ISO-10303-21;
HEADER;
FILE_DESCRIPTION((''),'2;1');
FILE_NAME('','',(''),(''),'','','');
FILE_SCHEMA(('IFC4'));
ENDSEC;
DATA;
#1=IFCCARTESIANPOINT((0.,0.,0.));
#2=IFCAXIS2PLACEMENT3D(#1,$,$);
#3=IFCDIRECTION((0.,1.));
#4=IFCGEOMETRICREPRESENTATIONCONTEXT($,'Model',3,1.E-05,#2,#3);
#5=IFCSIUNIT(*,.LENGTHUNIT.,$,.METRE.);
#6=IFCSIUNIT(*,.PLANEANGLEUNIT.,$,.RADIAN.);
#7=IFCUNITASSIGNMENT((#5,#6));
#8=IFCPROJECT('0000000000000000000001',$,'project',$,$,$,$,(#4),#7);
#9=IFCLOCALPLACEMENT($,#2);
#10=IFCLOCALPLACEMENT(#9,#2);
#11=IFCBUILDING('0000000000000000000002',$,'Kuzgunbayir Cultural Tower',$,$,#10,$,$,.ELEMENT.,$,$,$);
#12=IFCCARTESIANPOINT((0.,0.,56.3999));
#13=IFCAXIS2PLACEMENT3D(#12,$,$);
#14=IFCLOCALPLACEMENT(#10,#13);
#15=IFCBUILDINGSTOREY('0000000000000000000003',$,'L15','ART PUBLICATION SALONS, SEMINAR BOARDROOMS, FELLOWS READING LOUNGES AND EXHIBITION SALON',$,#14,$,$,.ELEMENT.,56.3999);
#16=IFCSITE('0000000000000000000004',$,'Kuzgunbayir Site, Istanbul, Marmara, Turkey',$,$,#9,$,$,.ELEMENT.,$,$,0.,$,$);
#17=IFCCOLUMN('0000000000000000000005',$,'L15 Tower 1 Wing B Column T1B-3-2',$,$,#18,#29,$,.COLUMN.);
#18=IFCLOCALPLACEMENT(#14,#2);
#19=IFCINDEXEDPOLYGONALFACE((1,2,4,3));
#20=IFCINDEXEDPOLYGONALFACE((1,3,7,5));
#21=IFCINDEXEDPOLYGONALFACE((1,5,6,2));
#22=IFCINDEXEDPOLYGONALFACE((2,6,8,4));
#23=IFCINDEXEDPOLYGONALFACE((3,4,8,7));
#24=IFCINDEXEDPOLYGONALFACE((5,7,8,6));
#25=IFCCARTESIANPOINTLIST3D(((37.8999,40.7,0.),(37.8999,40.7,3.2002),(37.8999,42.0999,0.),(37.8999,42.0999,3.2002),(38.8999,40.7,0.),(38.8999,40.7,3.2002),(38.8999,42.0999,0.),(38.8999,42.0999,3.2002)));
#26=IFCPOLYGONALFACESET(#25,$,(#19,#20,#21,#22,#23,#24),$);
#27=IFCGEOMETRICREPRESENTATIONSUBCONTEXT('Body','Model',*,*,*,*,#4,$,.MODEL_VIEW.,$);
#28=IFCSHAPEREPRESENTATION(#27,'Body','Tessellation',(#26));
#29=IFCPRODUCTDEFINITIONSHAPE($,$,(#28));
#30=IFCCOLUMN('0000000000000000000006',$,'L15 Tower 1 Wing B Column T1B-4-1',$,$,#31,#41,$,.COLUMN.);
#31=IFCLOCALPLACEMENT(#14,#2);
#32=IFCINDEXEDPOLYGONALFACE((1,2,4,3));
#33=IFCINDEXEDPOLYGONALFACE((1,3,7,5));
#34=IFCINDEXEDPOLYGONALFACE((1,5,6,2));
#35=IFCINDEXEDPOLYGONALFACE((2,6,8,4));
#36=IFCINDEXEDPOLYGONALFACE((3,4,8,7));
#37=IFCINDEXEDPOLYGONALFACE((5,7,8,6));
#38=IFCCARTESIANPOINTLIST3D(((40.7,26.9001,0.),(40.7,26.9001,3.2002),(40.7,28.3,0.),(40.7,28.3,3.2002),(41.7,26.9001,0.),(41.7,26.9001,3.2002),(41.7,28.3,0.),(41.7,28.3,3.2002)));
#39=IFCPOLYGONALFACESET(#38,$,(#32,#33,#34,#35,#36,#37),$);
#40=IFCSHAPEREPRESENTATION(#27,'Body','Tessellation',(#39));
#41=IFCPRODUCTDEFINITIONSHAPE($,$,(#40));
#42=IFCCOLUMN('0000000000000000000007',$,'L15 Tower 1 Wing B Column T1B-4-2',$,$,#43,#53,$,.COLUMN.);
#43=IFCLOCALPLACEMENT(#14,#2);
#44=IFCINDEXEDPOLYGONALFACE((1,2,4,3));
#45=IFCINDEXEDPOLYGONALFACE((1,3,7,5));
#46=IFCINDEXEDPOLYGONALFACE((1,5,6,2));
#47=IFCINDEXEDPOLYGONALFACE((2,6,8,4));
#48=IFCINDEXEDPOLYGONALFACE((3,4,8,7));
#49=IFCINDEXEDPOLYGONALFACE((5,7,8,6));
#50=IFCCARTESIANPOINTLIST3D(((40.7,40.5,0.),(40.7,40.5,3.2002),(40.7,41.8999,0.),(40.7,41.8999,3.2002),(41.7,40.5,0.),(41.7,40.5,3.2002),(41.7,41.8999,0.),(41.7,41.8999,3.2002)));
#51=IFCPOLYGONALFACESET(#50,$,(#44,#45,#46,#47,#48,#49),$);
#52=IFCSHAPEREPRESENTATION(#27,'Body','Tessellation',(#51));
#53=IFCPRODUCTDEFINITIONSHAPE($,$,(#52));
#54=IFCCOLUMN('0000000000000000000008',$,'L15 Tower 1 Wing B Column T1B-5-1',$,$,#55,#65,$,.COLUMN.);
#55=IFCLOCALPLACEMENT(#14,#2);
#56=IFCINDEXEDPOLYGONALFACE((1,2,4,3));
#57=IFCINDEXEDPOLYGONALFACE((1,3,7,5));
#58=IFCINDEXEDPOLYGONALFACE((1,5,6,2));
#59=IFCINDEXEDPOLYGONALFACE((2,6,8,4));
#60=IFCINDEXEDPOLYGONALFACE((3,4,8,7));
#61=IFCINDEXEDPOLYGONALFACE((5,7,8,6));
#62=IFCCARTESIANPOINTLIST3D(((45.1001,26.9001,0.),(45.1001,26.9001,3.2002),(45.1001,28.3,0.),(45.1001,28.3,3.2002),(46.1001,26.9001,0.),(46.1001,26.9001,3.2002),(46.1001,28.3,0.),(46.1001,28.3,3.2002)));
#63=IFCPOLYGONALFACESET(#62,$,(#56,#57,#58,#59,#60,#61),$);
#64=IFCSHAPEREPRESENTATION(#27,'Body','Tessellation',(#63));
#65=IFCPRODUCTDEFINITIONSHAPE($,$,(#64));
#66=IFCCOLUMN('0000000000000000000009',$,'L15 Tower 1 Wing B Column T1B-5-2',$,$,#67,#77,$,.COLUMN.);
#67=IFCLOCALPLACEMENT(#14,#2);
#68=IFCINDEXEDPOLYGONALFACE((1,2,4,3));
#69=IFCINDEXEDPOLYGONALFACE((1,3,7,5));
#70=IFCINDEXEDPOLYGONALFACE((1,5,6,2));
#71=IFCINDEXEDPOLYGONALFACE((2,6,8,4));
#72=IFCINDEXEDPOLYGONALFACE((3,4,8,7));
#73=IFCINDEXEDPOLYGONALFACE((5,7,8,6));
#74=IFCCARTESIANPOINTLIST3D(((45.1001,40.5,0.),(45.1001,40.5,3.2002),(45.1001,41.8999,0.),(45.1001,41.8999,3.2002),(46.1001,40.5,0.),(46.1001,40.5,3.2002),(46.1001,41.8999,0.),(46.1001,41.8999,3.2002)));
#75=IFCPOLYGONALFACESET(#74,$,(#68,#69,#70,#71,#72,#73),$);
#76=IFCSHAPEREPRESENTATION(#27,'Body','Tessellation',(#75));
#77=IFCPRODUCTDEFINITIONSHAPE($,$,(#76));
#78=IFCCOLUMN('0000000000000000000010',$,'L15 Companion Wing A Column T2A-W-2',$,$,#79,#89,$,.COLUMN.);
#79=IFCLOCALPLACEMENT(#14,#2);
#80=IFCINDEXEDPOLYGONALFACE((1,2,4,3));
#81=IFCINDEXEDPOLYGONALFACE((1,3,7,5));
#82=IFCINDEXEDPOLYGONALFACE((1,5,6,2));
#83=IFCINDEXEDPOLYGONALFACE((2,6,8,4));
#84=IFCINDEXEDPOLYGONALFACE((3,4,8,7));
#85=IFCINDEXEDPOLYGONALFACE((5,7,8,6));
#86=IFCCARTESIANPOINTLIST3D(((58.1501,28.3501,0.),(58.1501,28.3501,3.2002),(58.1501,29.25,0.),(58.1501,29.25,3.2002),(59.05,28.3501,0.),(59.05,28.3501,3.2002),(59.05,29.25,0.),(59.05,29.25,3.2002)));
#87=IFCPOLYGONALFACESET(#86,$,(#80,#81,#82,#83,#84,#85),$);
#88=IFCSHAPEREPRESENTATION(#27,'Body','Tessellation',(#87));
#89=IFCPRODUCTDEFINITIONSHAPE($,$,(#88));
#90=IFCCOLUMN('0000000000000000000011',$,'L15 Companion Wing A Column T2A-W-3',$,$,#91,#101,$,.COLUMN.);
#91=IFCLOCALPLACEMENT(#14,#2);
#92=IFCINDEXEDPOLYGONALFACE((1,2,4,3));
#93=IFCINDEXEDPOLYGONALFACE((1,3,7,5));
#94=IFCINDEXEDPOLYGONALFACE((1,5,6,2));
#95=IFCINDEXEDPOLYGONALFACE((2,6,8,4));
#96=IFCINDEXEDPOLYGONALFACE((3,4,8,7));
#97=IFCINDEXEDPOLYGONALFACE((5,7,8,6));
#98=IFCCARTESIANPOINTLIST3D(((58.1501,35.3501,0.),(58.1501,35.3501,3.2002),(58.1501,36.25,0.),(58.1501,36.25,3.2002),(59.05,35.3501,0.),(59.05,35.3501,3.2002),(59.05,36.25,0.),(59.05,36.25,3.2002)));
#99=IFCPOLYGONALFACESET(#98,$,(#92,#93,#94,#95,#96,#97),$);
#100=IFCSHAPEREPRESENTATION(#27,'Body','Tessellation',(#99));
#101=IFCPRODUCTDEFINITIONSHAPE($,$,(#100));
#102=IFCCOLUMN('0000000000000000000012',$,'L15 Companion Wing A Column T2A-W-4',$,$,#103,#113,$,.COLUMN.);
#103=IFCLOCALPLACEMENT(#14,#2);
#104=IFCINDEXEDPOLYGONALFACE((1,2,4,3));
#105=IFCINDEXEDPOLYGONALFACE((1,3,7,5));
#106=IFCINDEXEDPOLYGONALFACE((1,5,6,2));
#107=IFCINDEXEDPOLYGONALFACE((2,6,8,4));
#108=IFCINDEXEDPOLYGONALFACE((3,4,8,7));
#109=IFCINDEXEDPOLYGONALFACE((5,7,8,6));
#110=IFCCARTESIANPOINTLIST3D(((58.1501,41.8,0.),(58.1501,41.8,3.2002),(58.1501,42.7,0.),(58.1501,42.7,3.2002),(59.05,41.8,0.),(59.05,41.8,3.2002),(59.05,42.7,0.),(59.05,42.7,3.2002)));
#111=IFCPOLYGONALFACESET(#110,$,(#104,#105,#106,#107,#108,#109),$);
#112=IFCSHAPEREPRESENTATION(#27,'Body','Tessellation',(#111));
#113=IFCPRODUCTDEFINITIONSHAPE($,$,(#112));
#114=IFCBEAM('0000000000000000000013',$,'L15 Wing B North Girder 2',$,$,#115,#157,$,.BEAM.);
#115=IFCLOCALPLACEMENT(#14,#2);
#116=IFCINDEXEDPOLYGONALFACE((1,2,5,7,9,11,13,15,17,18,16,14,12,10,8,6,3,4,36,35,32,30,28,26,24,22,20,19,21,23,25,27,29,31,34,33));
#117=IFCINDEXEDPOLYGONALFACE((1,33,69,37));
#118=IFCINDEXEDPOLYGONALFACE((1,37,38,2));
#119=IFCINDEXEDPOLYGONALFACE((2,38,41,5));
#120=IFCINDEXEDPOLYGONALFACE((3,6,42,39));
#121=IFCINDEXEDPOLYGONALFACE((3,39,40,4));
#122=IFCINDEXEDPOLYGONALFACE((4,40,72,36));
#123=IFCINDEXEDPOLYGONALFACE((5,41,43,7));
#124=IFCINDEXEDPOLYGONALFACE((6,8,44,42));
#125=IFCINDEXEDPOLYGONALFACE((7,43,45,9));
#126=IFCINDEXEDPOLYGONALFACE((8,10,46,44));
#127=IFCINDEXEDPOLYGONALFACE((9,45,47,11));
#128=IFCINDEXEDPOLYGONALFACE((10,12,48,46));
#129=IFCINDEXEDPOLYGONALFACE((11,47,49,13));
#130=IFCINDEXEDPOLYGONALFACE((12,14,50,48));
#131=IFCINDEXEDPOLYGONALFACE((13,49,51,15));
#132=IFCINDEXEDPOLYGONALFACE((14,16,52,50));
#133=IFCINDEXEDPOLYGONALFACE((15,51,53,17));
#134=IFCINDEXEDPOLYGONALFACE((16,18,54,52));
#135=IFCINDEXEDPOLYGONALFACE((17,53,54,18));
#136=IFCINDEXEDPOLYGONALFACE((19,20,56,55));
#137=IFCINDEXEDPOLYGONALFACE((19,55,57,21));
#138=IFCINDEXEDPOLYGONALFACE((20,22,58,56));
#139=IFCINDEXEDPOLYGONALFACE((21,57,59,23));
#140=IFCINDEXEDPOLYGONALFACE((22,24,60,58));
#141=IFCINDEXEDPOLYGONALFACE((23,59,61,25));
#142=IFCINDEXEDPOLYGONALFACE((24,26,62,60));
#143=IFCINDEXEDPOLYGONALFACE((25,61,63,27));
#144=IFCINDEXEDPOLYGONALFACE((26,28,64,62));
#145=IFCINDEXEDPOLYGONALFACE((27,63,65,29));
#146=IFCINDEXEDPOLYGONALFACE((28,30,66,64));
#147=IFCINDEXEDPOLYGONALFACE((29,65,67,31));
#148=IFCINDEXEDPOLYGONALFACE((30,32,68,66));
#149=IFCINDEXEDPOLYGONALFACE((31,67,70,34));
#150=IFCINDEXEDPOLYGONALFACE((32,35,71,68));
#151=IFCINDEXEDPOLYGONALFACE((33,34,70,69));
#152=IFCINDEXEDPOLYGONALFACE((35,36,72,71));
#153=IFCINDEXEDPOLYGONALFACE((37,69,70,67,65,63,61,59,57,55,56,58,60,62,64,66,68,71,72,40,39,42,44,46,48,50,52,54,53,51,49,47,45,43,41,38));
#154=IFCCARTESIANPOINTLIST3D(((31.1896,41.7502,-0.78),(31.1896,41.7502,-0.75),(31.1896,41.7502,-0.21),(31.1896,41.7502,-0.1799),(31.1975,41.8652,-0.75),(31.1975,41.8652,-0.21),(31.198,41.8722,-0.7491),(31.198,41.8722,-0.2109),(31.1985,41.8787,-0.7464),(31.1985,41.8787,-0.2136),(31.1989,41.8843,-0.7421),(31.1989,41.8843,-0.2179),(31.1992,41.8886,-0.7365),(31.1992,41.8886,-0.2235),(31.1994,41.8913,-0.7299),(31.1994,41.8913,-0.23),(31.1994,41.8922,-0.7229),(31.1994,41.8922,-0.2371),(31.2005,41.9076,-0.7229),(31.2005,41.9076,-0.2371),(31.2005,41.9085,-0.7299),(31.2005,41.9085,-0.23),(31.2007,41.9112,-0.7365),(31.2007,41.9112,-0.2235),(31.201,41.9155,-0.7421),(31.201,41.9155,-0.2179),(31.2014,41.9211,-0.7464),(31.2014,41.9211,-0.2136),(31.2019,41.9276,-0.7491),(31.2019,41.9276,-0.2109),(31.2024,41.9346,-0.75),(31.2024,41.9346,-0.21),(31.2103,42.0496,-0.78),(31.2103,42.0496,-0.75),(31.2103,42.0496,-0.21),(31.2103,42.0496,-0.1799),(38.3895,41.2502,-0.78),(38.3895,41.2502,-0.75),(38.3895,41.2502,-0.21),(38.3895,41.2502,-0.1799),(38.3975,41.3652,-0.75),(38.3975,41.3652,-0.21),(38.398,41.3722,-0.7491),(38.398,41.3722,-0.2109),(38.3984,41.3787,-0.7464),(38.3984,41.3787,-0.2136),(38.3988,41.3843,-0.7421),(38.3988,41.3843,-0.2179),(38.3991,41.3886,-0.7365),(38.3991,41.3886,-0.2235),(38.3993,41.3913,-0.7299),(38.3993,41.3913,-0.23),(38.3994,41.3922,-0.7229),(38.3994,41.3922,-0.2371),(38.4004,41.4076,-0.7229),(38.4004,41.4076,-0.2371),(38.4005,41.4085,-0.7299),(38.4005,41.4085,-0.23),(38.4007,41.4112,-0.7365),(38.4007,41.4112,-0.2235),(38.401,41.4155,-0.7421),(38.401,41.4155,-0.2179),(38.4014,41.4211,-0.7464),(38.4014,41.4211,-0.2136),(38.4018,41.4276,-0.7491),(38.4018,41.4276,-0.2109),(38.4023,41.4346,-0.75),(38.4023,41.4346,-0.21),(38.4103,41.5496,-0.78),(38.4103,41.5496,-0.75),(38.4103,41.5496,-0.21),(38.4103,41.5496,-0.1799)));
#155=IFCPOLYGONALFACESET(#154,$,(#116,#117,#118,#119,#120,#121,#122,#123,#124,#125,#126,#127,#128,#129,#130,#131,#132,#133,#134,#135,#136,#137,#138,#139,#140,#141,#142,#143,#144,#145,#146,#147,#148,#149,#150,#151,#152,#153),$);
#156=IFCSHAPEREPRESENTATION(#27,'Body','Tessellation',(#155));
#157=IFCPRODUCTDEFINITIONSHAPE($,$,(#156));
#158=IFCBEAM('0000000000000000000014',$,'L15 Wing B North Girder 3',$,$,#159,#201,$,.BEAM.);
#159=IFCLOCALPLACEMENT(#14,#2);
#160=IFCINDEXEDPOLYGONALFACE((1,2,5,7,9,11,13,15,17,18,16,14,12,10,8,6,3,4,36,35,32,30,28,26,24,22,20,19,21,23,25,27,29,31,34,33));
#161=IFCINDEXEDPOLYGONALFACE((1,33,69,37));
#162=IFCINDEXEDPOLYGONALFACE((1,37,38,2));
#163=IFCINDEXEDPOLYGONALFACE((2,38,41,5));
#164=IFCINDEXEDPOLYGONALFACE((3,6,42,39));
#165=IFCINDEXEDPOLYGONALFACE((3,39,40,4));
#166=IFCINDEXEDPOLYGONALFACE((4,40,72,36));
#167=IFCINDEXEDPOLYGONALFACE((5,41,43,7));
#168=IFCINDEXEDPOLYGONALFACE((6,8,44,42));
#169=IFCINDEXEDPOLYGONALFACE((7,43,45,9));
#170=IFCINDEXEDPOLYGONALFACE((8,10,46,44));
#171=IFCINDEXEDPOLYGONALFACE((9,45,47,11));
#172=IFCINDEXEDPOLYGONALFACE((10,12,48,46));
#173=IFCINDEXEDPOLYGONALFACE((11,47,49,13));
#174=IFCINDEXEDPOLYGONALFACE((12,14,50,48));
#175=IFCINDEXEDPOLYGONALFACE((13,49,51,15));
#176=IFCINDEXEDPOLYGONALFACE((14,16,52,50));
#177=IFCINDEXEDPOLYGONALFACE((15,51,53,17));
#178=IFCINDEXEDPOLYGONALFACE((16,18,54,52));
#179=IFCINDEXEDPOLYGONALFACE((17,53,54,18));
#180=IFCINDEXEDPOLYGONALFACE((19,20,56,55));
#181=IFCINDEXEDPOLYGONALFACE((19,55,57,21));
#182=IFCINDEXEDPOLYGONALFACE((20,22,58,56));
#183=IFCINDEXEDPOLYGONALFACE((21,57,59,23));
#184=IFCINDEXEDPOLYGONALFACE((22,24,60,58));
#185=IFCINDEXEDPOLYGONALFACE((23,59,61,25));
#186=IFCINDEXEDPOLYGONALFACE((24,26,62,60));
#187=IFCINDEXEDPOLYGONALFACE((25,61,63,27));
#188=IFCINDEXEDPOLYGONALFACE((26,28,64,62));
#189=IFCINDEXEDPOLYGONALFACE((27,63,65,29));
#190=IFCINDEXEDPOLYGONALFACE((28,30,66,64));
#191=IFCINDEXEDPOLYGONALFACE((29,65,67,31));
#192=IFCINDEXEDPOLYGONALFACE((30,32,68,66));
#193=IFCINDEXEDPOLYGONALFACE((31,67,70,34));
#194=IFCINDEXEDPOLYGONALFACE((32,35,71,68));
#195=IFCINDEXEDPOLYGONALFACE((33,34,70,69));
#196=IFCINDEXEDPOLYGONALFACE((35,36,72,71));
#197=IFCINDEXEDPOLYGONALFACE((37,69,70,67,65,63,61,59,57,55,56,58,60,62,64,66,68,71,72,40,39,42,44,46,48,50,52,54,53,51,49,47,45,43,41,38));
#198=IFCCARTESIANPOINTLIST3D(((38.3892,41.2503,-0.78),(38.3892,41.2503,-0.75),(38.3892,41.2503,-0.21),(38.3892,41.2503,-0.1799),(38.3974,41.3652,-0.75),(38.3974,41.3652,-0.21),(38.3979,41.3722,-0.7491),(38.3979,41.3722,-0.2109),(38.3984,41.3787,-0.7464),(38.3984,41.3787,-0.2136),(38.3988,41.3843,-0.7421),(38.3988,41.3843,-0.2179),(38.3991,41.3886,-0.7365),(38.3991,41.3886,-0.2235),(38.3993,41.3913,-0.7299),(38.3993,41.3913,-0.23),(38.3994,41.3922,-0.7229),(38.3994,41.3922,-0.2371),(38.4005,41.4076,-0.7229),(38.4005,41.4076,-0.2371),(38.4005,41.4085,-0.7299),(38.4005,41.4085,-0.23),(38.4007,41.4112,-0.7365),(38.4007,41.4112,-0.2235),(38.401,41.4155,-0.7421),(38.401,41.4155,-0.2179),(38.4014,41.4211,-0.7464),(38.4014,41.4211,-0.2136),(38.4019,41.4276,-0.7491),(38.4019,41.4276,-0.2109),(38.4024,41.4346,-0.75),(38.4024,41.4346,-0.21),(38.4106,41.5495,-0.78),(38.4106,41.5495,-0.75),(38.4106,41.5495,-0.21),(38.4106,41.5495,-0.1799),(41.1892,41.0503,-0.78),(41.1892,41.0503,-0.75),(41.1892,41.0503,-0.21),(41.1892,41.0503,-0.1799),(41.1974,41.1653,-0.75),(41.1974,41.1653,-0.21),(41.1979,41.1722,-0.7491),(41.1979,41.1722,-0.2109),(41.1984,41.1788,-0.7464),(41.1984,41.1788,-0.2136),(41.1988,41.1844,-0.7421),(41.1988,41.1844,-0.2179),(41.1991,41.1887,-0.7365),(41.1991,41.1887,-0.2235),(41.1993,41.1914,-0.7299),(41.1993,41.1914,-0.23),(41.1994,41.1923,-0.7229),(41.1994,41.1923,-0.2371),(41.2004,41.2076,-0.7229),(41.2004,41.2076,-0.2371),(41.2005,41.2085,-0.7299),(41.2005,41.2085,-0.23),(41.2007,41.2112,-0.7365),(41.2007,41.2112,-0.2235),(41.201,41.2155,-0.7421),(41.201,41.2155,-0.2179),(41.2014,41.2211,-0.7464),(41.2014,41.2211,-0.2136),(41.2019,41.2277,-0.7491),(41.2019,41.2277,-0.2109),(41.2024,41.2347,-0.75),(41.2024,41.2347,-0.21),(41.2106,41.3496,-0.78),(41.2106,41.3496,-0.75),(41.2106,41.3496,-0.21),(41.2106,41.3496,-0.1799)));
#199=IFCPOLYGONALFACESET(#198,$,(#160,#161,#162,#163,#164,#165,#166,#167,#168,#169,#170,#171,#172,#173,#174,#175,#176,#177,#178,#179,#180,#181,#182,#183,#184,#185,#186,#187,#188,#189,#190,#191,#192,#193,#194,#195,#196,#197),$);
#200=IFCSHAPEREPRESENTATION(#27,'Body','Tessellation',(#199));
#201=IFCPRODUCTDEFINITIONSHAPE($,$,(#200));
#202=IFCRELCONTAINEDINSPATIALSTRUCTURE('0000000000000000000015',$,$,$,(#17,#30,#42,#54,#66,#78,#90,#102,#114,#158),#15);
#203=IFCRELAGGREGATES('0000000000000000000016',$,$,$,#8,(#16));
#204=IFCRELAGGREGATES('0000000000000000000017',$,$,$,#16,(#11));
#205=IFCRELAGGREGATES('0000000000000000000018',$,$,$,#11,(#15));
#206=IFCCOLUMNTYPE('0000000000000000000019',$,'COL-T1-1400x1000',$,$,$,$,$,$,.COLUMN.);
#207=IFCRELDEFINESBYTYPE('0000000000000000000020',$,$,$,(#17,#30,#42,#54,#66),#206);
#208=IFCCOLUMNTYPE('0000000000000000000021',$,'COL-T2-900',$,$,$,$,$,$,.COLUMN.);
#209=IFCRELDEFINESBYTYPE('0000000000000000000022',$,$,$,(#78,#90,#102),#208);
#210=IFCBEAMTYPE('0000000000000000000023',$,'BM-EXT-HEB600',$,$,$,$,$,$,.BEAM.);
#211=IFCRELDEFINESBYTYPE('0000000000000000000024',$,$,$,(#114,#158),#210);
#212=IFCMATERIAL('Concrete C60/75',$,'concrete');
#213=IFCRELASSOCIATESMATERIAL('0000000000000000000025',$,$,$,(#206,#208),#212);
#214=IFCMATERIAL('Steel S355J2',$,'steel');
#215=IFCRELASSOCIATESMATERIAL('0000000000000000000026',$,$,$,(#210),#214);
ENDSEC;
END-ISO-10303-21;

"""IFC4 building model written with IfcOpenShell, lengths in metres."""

from ifc_helpers import new_model, si_unit, direction, frame, origin, origin_2d, place, context, subcontext, project, spatial, rectangle, i_section, extrude, material, material_profile, profile_set, type_object, element, save


model = new_model("IFC4")

# Units and contexts
model_context = context("Model", 3, precision=1e-05, world=origin(), true_north=direction((0.0, 1.0)))
body_context = subcontext(model_context, "Body", "Model", "MODEL_VIEW")
ifc_project = project(units=[si_unit("LENGTHUNIT", "METRE"), si_unit("PLANEANGLEUNIT", "RADIAN")], contexts=[model_context])

# Site, building, storey
site_placement = place(None, origin())
site = spatial("IfcSite", under=ifc_project, at=site_placement, Name="Kuzgunbayir Site, Istanbul, Marmara, Turkey", CompositionType="ELEMENT", RefElevation=0.0)
building_placement = place(site_placement, origin())
building = spatial("IfcBuilding", under=site, at=building_placement, Name="Kuzgunbayir Cultural Tower", CompositionType="ELEMENT")
storey_placement = place(building_placement, frame((0.0, 0.0, 56.3999)))
storey = spatial("IfcBuildingStorey", under=building, at=storey_placement, Name="L15", Description="ART PUBLICATION SALONS, SEMINAR BOARDROOMS, FELLOWS READING LOUNGES AND EXHIBITION SALON", CompositionType="ELEMENT", Elevation=56.3999)

# Columns
ifc_material_1 = material(Name="Concrete C60/75", Category="concrete")
ifc_material_profile_1 = material_profile(ifc_material_1, rectangle(XDim=1.0, YDim=1.3999, at=origin_2d()), Name="RC 1400x1000")
ifc_profile_set_1 = profile_set([ifc_material_profile_1], Name="Concrete C60/75")
column_type_1 = type_object("IfcColumnType", Name="COL-T1-1400x1000", PredefinedType="COLUMN", material=ifc_profile_set_1)
for number, where, z_axis, x_axis, name in (
    (1, (38.3999, 41.3999, 0.0), (0.0, 0.0, 1.0), (1.0, 0.0, 0.0), "L15 Tower 1 Wing B Column T1B-3-2"),
    (2, (41.2, 27.6001, 0.0), (0.0, 0.0, 1.0), (1.0, 0.0, 0.0), "L15 Tower 1 Wing B Column T1B-4-1"),
    (3, (41.2, 41.2, 0.0), (0.0, 0.0, 1.0), (1.0, 0.0, 0.0), "L15 Tower 1 Wing B Column T1B-4-2"),
    (4, (45.6001, 27.6001, 0.0), (0.0, 0.0, 1.0), (1.0, 0.0, 0.0), "L15 Tower 1 Wing B Column T1B-5-1"),
    (5, (45.6001, 41.2, 0.0), (0.0, 0.0, 1.0), (1.0, 0.0, 0.0), "L15 Tower 1 Wing B Column T1B-5-2"),
):
    element("IfcColumn", number, at=place(storey_placement, frame(where, z_axis=z_axis, x_axis=x_axis)), inside=storey, type_object=column_type_1, Name=name, PredefinedType="COLUMN", context=body_context, shape_type="SweptSolid", body=[
        extrude(rectangle(XDim=1.0, YDim=1.3999, at=origin_2d()), origin(), (0.0, 0.0, 1.0), 3.2002),
    ])
ifc_material_profile_2 = material_profile(ifc_material_1, rectangle(XDim=0.8999, YDim=0.8999, at=origin_2d()), Name="RC 900x900")
ifc_profile_set_2 = profile_set([ifc_material_profile_2], Name="Concrete C60/75")
column_type_2 = type_object("IfcColumnType", Name="COL-T2-900", PredefinedType="COLUMN", material=ifc_profile_set_2)
for number, where, z_axis, x_axis, name in (
    (6, (58.6001, 28.8, 0.0), (0.0, 0.0, 1.0), (1.0, 0.0, 0.0), "L15 Companion Wing A Column T2A-W-2"),
    (7, (58.6001, 35.8, 0.0), (0.0, 0.0, 1.0), (1.0, 0.0, 0.0), "L15 Companion Wing A Column T2A-W-3"),
    (8, (58.6001, 42.25, 0.0), (0.0, 0.0, 1.0), (1.0, 0.0, 0.0), "L15 Companion Wing A Column T2A-W-4"),
):
    element("IfcColumn", number, at=place(storey_placement, frame(where, z_axis=z_axis, x_axis=x_axis)), inside=storey, type_object=column_type_2, Name=name, PredefinedType="COLUMN", context=body_context, shape_type="SweptSolid", body=[
        extrude(rectangle(XDim=0.8999, YDim=0.8999, at=origin_2d()), origin(), (0.0, 0.0, 1.0), 3.2002),
    ])

# Beams
ifc_material_2 = material(Name="Steel S355J2", Category="steel")
ifc_material_profile_3 = material_profile(ifc_material_2, i_section(OverallWidth=0.3, OverallDepth=0.6001, WebThickness=0.0154, FlangeThickness=0.03, FilletRadius=0.0271, at=origin_2d()), Name="HEB 600")
ifc_profile_set_3 = profile_set([ifc_material_profile_3], Name="Steel S355J2")
beam_type_1 = type_object("IfcBeamType", Name="BM-EXT-HEB600", PredefinedType="BEAM", material=ifc_profile_set_3)
beam_1_placement = place(storey_placement, frame((31.2, 41.8999, -0.48), z_axis=(0.997597, -0.069278, 0.0), x_axis=(0.069278, 0.997597, 0.0)))
element("IfcBeam", 9, at=beam_1_placement, inside=storey, type_object=beam_type_1, Name="L15 Wing B North Girder 2", PredefinedType="BEAM", context=body_context, shape_type="SweptSolid", body=[
    extrude(i_section(OverallWidth=0.3, OverallDepth=0.6001, WebThickness=0.0154, FlangeThickness=0.03, FilletRadius=0.0271, at=origin_2d()), origin(), (0.0, 0.0, 1.0), 7.2173),
])
beam_2_placement = place(storey_placement, frame((38.3999, 41.3999, -0.48), z_axis=(0.99746, -0.071229, 0.0), x_axis=(0.071229, 0.99746, 0.0)))
element("IfcBeam", 10, at=beam_2_placement, inside=storey, type_object=beam_type_1, Name="L15 Wing B North Girder 3", PredefinedType="BEAM", context=body_context, shape_type="SweptSolid", body=[
    extrude(i_section(OverallWidth=0.3, OverallDepth=0.6001, WebThickness=0.0154, FlangeThickness=0.03, FilletRadius=0.0271, at=origin_2d()), origin(), (0.0, 0.0, 1.0), 2.8071),
])

save(model, "model.ifc")
